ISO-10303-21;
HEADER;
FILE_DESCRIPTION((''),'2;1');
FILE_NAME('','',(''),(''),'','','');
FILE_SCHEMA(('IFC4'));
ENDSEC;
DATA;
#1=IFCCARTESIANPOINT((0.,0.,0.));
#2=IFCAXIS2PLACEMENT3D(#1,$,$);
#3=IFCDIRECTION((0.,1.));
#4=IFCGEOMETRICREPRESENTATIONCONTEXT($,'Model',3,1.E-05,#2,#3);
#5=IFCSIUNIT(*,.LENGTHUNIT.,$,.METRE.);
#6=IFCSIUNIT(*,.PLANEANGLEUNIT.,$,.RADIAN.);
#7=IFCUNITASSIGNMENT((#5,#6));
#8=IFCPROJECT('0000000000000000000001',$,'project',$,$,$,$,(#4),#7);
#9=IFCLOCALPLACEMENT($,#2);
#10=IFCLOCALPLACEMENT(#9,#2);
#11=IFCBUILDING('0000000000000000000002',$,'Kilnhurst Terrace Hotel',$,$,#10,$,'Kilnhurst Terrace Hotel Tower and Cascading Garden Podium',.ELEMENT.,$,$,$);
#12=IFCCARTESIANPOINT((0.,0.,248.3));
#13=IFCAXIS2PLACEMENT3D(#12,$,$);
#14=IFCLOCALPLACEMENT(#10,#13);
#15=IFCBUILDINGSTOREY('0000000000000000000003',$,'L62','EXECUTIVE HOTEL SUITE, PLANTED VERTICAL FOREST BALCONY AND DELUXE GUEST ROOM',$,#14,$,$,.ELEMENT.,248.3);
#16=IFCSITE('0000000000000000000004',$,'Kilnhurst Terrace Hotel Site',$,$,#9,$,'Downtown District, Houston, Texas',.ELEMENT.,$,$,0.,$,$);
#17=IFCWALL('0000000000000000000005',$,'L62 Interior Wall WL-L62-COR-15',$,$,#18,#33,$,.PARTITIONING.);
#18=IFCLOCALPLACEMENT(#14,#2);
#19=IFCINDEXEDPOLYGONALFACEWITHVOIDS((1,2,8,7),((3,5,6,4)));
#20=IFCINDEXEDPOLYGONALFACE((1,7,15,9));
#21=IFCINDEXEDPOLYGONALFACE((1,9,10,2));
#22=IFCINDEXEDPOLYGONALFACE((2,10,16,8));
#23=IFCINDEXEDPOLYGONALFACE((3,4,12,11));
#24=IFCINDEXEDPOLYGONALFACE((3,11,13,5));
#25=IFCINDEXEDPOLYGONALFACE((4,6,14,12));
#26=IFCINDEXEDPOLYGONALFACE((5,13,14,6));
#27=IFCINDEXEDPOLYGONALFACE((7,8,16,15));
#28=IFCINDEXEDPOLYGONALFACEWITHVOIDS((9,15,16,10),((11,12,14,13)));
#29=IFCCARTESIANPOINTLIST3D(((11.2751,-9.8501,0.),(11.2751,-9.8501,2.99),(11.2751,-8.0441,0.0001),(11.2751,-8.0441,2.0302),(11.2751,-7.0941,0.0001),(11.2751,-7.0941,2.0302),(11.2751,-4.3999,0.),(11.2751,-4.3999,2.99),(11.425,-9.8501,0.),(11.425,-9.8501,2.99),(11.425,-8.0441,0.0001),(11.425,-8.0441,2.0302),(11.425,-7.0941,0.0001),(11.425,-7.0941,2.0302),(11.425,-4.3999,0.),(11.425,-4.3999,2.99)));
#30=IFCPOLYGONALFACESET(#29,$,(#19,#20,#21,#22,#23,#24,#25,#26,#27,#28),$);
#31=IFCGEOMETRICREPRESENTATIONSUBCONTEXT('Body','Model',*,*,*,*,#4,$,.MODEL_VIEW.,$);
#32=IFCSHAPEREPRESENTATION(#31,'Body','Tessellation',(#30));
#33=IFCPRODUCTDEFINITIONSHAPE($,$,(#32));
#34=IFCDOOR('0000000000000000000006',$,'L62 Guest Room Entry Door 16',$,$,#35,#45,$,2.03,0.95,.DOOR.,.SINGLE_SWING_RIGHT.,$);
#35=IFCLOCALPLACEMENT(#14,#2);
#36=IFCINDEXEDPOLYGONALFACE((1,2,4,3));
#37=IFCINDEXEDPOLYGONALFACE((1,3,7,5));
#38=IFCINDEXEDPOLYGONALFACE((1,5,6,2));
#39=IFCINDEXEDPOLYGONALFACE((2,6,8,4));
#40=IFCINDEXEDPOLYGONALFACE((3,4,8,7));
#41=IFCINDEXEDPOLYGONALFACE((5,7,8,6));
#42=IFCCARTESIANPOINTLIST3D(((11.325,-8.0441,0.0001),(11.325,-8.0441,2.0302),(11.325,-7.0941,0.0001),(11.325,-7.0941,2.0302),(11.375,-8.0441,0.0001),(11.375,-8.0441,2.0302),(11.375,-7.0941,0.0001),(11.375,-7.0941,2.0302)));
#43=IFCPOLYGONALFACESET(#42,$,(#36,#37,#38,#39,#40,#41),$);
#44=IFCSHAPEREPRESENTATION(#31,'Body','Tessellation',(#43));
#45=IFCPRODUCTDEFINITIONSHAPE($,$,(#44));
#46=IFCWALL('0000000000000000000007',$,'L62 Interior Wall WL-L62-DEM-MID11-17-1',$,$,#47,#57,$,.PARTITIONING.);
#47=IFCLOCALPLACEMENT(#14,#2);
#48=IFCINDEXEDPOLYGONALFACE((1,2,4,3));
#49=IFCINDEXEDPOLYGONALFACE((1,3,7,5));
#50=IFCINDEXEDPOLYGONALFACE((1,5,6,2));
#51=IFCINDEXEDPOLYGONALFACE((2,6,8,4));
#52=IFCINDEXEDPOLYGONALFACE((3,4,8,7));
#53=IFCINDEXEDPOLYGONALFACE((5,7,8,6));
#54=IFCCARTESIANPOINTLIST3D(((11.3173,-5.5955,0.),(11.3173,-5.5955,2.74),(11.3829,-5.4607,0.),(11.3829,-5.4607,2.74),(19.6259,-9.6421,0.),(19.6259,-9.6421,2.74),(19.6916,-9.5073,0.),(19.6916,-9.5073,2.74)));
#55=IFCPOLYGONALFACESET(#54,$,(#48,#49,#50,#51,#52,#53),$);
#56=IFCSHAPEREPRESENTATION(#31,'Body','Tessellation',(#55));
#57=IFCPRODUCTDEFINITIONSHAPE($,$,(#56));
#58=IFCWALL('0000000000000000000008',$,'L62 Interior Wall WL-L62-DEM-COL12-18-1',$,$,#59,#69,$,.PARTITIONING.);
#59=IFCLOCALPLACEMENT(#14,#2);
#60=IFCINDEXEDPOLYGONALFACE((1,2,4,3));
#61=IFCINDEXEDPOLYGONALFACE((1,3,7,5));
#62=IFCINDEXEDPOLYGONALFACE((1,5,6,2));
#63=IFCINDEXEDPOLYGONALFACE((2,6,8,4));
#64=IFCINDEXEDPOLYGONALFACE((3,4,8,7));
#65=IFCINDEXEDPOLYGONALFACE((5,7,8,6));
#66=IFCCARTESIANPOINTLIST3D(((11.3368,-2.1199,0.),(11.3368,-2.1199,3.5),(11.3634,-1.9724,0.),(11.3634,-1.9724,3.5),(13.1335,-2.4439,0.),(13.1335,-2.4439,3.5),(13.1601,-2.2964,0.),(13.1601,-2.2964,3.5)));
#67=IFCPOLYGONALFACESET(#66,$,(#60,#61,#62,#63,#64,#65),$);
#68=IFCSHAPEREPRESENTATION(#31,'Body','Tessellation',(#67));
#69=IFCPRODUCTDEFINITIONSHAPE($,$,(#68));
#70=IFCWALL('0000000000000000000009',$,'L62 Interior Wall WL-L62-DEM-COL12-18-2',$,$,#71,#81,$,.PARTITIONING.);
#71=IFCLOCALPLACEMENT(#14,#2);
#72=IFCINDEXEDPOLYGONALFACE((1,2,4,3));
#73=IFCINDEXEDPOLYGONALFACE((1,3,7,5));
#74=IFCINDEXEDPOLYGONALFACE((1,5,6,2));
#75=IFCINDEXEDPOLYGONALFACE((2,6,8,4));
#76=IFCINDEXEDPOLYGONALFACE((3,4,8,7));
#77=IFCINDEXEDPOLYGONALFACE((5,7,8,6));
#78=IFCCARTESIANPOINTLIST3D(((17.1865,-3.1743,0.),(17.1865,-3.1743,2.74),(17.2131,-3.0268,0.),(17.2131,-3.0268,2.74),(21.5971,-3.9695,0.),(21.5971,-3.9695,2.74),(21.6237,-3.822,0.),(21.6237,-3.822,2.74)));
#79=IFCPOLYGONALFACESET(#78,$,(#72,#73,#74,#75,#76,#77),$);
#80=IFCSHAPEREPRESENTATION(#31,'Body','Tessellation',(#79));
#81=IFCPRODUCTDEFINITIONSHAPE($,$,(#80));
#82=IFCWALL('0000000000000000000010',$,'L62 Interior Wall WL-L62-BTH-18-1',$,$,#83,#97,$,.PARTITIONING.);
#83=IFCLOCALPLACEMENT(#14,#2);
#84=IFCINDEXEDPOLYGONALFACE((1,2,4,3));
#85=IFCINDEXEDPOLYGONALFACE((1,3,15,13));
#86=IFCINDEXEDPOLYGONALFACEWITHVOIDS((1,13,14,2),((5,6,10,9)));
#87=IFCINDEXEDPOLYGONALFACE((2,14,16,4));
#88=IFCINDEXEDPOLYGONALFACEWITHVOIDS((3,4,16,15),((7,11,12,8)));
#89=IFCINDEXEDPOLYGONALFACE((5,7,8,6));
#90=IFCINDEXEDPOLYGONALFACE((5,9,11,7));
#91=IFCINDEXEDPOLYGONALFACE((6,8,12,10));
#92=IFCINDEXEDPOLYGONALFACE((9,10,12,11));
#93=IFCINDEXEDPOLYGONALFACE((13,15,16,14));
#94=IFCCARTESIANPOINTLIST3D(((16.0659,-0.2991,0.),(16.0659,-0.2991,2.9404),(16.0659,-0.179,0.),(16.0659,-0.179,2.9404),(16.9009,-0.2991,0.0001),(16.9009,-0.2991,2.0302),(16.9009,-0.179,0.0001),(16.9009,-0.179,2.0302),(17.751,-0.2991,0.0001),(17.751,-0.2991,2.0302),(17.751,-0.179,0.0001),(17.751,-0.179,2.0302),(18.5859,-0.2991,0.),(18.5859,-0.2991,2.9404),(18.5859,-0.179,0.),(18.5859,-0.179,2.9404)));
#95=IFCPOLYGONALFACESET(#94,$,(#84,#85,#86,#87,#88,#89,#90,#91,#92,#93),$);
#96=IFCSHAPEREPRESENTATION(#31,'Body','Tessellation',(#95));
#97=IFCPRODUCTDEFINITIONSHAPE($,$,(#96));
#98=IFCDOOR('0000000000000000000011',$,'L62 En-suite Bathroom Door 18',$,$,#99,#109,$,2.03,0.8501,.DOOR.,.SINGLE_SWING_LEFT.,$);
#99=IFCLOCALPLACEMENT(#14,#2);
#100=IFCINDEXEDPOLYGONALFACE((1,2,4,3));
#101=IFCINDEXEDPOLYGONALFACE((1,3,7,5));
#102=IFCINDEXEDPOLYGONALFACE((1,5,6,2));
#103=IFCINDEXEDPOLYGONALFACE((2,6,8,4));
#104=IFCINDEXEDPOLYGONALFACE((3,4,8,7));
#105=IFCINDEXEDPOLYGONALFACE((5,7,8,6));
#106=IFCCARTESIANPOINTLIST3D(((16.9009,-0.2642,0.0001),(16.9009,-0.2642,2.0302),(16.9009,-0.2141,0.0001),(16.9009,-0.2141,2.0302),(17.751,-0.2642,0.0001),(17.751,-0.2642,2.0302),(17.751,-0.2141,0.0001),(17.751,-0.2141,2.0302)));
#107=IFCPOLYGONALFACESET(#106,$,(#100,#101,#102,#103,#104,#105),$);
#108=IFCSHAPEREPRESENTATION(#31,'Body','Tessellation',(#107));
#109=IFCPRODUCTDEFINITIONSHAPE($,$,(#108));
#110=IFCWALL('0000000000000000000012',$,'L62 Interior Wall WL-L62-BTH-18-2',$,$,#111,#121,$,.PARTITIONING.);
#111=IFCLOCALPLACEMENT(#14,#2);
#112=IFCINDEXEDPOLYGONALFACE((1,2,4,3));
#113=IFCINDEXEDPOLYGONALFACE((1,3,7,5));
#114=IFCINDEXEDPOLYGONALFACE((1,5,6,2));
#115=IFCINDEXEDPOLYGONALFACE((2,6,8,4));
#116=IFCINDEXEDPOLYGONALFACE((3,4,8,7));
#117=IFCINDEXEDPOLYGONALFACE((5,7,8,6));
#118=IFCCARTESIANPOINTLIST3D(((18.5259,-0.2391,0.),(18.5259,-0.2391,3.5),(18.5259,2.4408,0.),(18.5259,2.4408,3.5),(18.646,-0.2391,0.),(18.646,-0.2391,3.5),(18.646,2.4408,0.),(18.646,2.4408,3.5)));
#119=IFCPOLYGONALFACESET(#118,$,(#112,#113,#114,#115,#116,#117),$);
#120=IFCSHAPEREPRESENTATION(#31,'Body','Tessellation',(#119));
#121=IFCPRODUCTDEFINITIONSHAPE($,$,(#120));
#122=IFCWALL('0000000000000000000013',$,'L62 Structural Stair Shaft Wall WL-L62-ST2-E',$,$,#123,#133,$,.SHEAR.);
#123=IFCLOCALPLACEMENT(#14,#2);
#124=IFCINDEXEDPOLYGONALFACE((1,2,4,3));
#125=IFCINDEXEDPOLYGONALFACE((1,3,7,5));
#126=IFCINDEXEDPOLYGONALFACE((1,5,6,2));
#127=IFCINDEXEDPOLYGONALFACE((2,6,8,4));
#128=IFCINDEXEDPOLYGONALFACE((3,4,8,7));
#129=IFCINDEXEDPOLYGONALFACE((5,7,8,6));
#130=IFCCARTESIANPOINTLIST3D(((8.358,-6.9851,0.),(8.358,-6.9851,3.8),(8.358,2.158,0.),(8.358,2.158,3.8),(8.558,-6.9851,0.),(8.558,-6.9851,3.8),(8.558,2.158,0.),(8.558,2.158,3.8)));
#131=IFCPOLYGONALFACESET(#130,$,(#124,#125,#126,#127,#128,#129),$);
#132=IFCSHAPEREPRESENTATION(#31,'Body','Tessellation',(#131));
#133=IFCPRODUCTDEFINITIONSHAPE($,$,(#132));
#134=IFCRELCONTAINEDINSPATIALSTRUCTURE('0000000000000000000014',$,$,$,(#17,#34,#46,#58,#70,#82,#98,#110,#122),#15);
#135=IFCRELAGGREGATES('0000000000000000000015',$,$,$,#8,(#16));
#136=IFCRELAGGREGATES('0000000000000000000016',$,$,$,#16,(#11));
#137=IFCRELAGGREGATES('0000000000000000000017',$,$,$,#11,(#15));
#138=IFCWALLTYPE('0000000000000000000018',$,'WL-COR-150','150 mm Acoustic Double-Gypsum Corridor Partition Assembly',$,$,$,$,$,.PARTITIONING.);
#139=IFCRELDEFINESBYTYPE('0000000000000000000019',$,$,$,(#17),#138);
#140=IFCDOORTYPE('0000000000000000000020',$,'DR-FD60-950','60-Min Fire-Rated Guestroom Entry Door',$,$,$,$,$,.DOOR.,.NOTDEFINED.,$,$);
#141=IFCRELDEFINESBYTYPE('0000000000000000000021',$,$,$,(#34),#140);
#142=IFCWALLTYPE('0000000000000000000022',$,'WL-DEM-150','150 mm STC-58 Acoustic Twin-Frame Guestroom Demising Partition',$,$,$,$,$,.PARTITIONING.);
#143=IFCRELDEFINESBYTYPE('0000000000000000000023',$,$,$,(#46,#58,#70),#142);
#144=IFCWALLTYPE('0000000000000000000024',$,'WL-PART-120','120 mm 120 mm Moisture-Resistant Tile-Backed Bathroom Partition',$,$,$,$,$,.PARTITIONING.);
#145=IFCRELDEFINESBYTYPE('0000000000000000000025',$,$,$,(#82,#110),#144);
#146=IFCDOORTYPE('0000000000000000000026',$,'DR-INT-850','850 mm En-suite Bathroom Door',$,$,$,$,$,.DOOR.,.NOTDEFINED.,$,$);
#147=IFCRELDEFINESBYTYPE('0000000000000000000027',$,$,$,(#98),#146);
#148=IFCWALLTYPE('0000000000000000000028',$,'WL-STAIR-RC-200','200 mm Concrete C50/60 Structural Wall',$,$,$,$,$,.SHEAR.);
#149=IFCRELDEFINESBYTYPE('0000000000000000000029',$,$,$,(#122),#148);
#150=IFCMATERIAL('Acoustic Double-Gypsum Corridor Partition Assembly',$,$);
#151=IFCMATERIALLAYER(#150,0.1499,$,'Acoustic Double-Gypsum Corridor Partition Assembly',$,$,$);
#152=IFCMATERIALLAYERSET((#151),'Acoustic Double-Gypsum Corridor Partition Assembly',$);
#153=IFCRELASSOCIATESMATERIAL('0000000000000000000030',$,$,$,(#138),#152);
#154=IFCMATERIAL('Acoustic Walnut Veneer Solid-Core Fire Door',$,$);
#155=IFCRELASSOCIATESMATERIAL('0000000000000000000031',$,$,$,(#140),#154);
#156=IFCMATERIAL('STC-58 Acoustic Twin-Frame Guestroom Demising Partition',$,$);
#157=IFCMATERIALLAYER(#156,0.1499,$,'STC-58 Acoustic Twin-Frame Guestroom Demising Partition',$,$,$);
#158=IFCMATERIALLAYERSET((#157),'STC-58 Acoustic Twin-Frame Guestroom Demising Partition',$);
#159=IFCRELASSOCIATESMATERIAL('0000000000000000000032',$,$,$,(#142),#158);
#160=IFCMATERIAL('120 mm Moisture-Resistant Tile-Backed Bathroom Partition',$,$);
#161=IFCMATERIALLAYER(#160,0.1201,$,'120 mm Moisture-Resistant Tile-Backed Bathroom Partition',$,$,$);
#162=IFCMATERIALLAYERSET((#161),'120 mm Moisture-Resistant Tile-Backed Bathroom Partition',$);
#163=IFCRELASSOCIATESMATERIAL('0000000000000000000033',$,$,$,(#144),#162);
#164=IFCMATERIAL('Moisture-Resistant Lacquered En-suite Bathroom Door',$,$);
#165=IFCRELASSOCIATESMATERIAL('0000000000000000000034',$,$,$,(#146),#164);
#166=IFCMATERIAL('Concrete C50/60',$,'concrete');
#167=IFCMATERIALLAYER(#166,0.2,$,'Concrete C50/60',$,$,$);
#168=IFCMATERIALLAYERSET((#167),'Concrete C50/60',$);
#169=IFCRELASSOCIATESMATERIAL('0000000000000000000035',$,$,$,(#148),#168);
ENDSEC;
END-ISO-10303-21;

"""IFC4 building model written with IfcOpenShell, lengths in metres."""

from ifc_helpers import new_model, si_unit, direction, frame, frame_2d, origin, place, context, subcontext, project, spatial, rectangle, extrude, material, layer, layer_set, type_object, element, fill, save


model = new_model("IFC4")

# Units and contexts
model_context = context("Model", 3, precision=1e-05, world=origin(), true_north=direction((0.0, 1.0)))
body_context = subcontext(model_context, "Body", "Model", "MODEL_VIEW")
ifc_project = project(units=[si_unit("LENGTHUNIT", "METRE"), si_unit("PLANEANGLEUNIT", "RADIAN")], contexts=[model_context])

# Site, building, storey
site_placement = place(None, origin())
site = spatial("IfcSite", under=ifc_project, at=site_placement, Name="Kilnhurst Terrace Hotel Site", LongName="Downtown District, Houston, Texas", CompositionType="ELEMENT", RefElevation=0.0)
building_placement = place(site_placement, origin())
building = spatial("IfcBuilding", under=site, at=building_placement, Name="Kilnhurst Terrace Hotel", LongName="Kilnhurst Terrace Hotel Tower and Cascading Garden Podium", CompositionType="ELEMENT")
storey_placement = place(building_placement, frame((0.0, 0.0, 248.3)))
storey = spatial("IfcBuildingStorey", under=building, at=storey_placement, Name="L62", Description="EXECUTIVE HOTEL SUITE, PLANTED VERTICAL FOREST BALCONY AND DELUXE GUEST ROOM", CompositionType="ELEMENT", Elevation=248.3)

# Shared definitions
ifc_material_1 = material(Name="Concrete C50/60", Category="concrete")

# Shared definitions
ifc_material_2 = material(Name="Acoustic Double-Gypsum Corridor Partition Assembly")
ifc_layer_1 = layer(ifc_material_2, 0.1499, Name="Acoustic Double-Gypsum Corridor Partition Assembly")
ifc_layer_set_1 = layer_set([ifc_layer_1], Name="Acoustic Double-Gypsum Corridor Partition Assembly")
wall_type_1 = type_object("IfcWallType", Name="WL-COR-150", Description="150 mm Acoustic Double-Gypsum Corridor Partition Assembly", PredefinedType="PARTITIONING", material=ifc_layer_set_1)

# Wall, opening, door
wall_1_placement = place(storey_placement, frame((11.3501, -4.3999, 0.0), z_axis=(0.0, 0.0, 1.0), x_axis=(0.0, -1.0, 0.0)))
wall_1 = element("IfcWall", 1, at=wall_1_placement, inside=storey, type_object=wall_type_1, Name="L62 Interior Wall WL-L62-COR-15", PredefinedType="PARTITIONING", context=body_context, shape_type="SweptSolid", body=[
    extrude(rectangle(XDim=5.4502, YDim=0.1499, at=frame_2d((2.7251, 0.0))), origin(), (0.0, 0.0, 1.0), 2.99),
])
opening_1_placement = place(wall_1_placement, frame((2.6941, 0.0, 0.0)))
opening_1 = element("IfcOpeningElement", 2, at=opening_1_placement, cuts=wall_1, PredefinedType="OPENING", context=body_context, shape_type="SweptSolid", body=[
    extrude(rectangle(XDim=0.95, YDim=2.03, at=frame_2d((0.4751, 1.0151))), frame((0.0, 0.085, 0.0), z_axis=(0.0, -1.0, 0.0), x_axis=(1.0, 0.0, 0.0)), (0.0, 0.0, 1.0), 0.1699),
])
ifc_material_3 = material(Name="Acoustic Walnut Veneer Solid-Core Fire Door")
door_type_1 = type_object("IfcDoorType", Name="DR-FD60-950", Description="60-Min Fire-Rated Guestroom Entry Door", OperationType="NOTDEFINED", PredefinedType="DOOR", material=ifc_material_3)
door_1_placement = place(opening_1_placement, origin())
door_1 = element("IfcDoor", 3, at=door_1_placement, inside=storey, type_object=door_type_1, Name="L62 Guest Room Entry Door 16", OperationType="SINGLE_SWING_RIGHT", OverallHeight=2.03, OverallWidth=0.95, PredefinedType="DOOR", context=body_context, shape_type="SweptSolid", body=[
    extrude(rectangle(XDim=0.95, YDim=2.03, at=frame_2d((0.4751, 1.0151))), frame((0.0, 0.0249, 0.0), z_axis=(0.0, -1.0, 0.0), x_axis=(1.0, 0.0, 0.0)), (0.0, 0.0, 1.0), 0.05),
])
fill(opening_1, door_1)

# Walls
ifc_material_4 = material(Name="STC-58 Acoustic Twin-Frame Guestroom Demising Partition")
ifc_layer_2 = layer(ifc_material_4, 0.1499, Name="STC-58 Acoustic Twin-Frame Guestroom Demising Partition")
ifc_layer_set_2 = layer_set([ifc_layer_2], Name="STC-58 Acoustic Twin-Frame Guestroom Demising Partition")
wall_type_2 = type_object("IfcWallType", Name="WL-DEM-150", Description="150 mm STC-58 Acoustic Twin-Frame Guestroom Demising Partition", PredefinedType="PARTITIONING", material=ifc_layer_set_2)
wall_2_placement = place(storey_placement, frame((11.3501, -5.5281, 0.0), z_axis=(0.0, 0.0, 1.0), x_axis=(0.899039, -0.437869, 0.0)))
element("IfcWall", 4, at=wall_2_placement, inside=storey, type_object=wall_type_2, Name="L62 Interior Wall WL-L62-DEM-MID11-17-1", PredefinedType="PARTITIONING", context=body_context, shape_type="SweptSolid", body=[
    extrude(rectangle(XDim=9.2417, YDim=0.1499, at=frame_2d((4.6208, 0.0))), origin(), (0.0, 0.0, 1.0), 2.74),
])
wall_3_placement = place(storey_placement, frame((11.3501, -2.0461, 0.0), z_axis=(0.0, 0.0, 1.0), x_axis=(0.984128, -0.177461, 0.0)))
element("IfcWall", 5, at=wall_3_placement, inside=storey, type_object=wall_type_2, Name="L62 Interior Wall WL-L62-DEM-COL12-18-1", PredefinedType="PARTITIONING", context=body_context, shape_type="SweptSolid", body=[
    extrude(rectangle(XDim=1.8257, YDim=0.1499, at=frame_2d((0.9128, 0.0))), origin(), (0.0, 0.0, 1.0), 3.5),
])
wall_4_placement = place(storey_placement, frame((17.2, -3.1006, 0.0), z_axis=(0.0, 0.0, 1.0), x_axis=(0.984135, -0.177423, 0.0)))
element("IfcWall", 6, at=wall_4_placement, inside=storey, type_object=wall_type_2, Name="L62 Interior Wall WL-L62-DEM-COL12-18-2", PredefinedType="PARTITIONING", context=body_context, shape_type="SweptSolid", body=[
    extrude(rectangle(XDim=4.4817, YDim=0.1499, at=frame_2d((2.2407, 0.0))), origin(), (0.0, 0.0, 1.0), 2.74),
])

# Wall, opening, door
ifc_material_5 = material(Name="120 mm Moisture-Resistant Tile-Backed Bathroom Partition")
ifc_layer_3 = layer(ifc_material_5, 0.1201, Name="120 mm Moisture-Resistant Tile-Backed Bathroom Partition")
ifc_layer_set_3 = layer_set([ifc_layer_3], Name="120 mm Moisture-Resistant Tile-Backed Bathroom Partition")
wall_type_3 = type_object("IfcWallType", Name="WL-PART-120", Description="120 mm 120 mm Moisture-Resistant Tile-Backed Bathroom Partition", PredefinedType="PARTITIONING", material=ifc_layer_set_3)
wall_5_placement = place(storey_placement, frame((16.0659, -0.239, 0.0), z_axis=(0.0, 0.0, 1.0), x_axis=(1.0, 0.0, 0.0)))
wall_5 = element("IfcWall", 7, at=wall_5_placement, inside=storey, type_object=wall_type_3, Name="L62 Interior Wall WL-L62-BTH-18-1", PredefinedType="PARTITIONING", context=body_context, shape_type="SweptSolid", body=[
    extrude(rectangle(XDim=2.52, YDim=0.1201, at=frame_2d((1.26, 0.0))), origin(), (0.0, 0.0, 1.0), 2.9404),
])
opening_2_placement = place(wall_5_placement, frame((0.835, 0.0, 0.0)))
opening_2 = element("IfcOpeningElement", 8, at=opening_2_placement, cuts=wall_5, PredefinedType="OPENING", context=body_context, shape_type="SweptSolid", body=[
    extrude(rectangle(XDim=0.8501, YDim=2.03, at=frame_2d((0.425, 1.0151))), frame((0.0, 0.0701, 0.0), z_axis=(0.0, -1.0, 0.0), x_axis=(1.0, 0.0, 0.0)), (0.0, 0.0, 1.0), 0.1401),
])
ifc_material_6 = material(Name="Moisture-Resistant Lacquered En-suite Bathroom Door")
door_type_2 = type_object("IfcDoorType", Name="DR-INT-850", Description="850 mm En-suite Bathroom Door", OperationType="NOTDEFINED", PredefinedType="DOOR", material=ifc_material_6)
door_2_placement = place(opening_2_placement, origin())
door_2 = element("IfcDoor", 9, at=door_2_placement, inside=storey, type_object=door_type_2, Name="L62 En-suite Bathroom Door 18", OperationType="SINGLE_SWING_LEFT", OverallHeight=2.03, OverallWidth=0.8501, PredefinedType="DOOR", context=body_context, shape_type="SweptSolid", body=[
    extrude(rectangle(XDim=0.8501, YDim=2.03, at=frame_2d((0.425, 1.0151))), frame((0.0, 0.0249, 0.0), z_axis=(0.0, -1.0, 0.0), x_axis=(1.0, 0.0, 0.0)), (0.0, 0.0, 1.0), 0.05),
])
fill(opening_2, door_2)

# Walls
wall_6_placement = place(storey_placement, frame((18.5859, -0.239, 0.0), z_axis=(0.0, 0.0, 1.0), x_axis=(0.0, 1.0, 0.0)))
element("IfcWall", 10, at=wall_6_placement, inside=storey, type_object=wall_type_3, Name="L62 Interior Wall WL-L62-BTH-18-2", PredefinedType="PARTITIONING", context=body_context, shape_type="SweptSolid", body=[
    extrude(rectangle(XDim=2.6799, YDim=0.1201, at=frame_2d((1.3398, 0.0))), origin(), (0.0, 0.0, 1.0), 3.5),
])
ifc_layer_4 = layer(ifc_material_1, 0.2, Name="Concrete C50/60")
ifc_layer_set_4 = layer_set([ifc_layer_4], Name="Concrete C50/60")
wall_type_4 = type_object("IfcWallType", Name="WL-STAIR-RC-200", Description="200 mm Concrete C50/60 Structural Wall", PredefinedType="SHEAR", material=ifc_layer_set_4)
wall_7_placement = place(storey_placement, frame((8.458, -6.9851, 0.0), z_axis=(0.0, 0.0, 1.0), x_axis=(0.0, 1.0, 0.0)))
element("IfcWall", 11, at=wall_7_placement, inside=storey, type_object=wall_type_4, Name="L62 Structural Stair Shaft Wall WL-L62-ST2-E", PredefinedType="SHEAR", context=body_context, shape_type="SweptSolid", body=[
    extrude(rectangle(XDim=9.1431, YDim=0.2, at=frame_2d((4.5715, 0.0))), origin(), (0.0, 0.0, 1.0), 3.8),
])

save(model, "model.ifc")
